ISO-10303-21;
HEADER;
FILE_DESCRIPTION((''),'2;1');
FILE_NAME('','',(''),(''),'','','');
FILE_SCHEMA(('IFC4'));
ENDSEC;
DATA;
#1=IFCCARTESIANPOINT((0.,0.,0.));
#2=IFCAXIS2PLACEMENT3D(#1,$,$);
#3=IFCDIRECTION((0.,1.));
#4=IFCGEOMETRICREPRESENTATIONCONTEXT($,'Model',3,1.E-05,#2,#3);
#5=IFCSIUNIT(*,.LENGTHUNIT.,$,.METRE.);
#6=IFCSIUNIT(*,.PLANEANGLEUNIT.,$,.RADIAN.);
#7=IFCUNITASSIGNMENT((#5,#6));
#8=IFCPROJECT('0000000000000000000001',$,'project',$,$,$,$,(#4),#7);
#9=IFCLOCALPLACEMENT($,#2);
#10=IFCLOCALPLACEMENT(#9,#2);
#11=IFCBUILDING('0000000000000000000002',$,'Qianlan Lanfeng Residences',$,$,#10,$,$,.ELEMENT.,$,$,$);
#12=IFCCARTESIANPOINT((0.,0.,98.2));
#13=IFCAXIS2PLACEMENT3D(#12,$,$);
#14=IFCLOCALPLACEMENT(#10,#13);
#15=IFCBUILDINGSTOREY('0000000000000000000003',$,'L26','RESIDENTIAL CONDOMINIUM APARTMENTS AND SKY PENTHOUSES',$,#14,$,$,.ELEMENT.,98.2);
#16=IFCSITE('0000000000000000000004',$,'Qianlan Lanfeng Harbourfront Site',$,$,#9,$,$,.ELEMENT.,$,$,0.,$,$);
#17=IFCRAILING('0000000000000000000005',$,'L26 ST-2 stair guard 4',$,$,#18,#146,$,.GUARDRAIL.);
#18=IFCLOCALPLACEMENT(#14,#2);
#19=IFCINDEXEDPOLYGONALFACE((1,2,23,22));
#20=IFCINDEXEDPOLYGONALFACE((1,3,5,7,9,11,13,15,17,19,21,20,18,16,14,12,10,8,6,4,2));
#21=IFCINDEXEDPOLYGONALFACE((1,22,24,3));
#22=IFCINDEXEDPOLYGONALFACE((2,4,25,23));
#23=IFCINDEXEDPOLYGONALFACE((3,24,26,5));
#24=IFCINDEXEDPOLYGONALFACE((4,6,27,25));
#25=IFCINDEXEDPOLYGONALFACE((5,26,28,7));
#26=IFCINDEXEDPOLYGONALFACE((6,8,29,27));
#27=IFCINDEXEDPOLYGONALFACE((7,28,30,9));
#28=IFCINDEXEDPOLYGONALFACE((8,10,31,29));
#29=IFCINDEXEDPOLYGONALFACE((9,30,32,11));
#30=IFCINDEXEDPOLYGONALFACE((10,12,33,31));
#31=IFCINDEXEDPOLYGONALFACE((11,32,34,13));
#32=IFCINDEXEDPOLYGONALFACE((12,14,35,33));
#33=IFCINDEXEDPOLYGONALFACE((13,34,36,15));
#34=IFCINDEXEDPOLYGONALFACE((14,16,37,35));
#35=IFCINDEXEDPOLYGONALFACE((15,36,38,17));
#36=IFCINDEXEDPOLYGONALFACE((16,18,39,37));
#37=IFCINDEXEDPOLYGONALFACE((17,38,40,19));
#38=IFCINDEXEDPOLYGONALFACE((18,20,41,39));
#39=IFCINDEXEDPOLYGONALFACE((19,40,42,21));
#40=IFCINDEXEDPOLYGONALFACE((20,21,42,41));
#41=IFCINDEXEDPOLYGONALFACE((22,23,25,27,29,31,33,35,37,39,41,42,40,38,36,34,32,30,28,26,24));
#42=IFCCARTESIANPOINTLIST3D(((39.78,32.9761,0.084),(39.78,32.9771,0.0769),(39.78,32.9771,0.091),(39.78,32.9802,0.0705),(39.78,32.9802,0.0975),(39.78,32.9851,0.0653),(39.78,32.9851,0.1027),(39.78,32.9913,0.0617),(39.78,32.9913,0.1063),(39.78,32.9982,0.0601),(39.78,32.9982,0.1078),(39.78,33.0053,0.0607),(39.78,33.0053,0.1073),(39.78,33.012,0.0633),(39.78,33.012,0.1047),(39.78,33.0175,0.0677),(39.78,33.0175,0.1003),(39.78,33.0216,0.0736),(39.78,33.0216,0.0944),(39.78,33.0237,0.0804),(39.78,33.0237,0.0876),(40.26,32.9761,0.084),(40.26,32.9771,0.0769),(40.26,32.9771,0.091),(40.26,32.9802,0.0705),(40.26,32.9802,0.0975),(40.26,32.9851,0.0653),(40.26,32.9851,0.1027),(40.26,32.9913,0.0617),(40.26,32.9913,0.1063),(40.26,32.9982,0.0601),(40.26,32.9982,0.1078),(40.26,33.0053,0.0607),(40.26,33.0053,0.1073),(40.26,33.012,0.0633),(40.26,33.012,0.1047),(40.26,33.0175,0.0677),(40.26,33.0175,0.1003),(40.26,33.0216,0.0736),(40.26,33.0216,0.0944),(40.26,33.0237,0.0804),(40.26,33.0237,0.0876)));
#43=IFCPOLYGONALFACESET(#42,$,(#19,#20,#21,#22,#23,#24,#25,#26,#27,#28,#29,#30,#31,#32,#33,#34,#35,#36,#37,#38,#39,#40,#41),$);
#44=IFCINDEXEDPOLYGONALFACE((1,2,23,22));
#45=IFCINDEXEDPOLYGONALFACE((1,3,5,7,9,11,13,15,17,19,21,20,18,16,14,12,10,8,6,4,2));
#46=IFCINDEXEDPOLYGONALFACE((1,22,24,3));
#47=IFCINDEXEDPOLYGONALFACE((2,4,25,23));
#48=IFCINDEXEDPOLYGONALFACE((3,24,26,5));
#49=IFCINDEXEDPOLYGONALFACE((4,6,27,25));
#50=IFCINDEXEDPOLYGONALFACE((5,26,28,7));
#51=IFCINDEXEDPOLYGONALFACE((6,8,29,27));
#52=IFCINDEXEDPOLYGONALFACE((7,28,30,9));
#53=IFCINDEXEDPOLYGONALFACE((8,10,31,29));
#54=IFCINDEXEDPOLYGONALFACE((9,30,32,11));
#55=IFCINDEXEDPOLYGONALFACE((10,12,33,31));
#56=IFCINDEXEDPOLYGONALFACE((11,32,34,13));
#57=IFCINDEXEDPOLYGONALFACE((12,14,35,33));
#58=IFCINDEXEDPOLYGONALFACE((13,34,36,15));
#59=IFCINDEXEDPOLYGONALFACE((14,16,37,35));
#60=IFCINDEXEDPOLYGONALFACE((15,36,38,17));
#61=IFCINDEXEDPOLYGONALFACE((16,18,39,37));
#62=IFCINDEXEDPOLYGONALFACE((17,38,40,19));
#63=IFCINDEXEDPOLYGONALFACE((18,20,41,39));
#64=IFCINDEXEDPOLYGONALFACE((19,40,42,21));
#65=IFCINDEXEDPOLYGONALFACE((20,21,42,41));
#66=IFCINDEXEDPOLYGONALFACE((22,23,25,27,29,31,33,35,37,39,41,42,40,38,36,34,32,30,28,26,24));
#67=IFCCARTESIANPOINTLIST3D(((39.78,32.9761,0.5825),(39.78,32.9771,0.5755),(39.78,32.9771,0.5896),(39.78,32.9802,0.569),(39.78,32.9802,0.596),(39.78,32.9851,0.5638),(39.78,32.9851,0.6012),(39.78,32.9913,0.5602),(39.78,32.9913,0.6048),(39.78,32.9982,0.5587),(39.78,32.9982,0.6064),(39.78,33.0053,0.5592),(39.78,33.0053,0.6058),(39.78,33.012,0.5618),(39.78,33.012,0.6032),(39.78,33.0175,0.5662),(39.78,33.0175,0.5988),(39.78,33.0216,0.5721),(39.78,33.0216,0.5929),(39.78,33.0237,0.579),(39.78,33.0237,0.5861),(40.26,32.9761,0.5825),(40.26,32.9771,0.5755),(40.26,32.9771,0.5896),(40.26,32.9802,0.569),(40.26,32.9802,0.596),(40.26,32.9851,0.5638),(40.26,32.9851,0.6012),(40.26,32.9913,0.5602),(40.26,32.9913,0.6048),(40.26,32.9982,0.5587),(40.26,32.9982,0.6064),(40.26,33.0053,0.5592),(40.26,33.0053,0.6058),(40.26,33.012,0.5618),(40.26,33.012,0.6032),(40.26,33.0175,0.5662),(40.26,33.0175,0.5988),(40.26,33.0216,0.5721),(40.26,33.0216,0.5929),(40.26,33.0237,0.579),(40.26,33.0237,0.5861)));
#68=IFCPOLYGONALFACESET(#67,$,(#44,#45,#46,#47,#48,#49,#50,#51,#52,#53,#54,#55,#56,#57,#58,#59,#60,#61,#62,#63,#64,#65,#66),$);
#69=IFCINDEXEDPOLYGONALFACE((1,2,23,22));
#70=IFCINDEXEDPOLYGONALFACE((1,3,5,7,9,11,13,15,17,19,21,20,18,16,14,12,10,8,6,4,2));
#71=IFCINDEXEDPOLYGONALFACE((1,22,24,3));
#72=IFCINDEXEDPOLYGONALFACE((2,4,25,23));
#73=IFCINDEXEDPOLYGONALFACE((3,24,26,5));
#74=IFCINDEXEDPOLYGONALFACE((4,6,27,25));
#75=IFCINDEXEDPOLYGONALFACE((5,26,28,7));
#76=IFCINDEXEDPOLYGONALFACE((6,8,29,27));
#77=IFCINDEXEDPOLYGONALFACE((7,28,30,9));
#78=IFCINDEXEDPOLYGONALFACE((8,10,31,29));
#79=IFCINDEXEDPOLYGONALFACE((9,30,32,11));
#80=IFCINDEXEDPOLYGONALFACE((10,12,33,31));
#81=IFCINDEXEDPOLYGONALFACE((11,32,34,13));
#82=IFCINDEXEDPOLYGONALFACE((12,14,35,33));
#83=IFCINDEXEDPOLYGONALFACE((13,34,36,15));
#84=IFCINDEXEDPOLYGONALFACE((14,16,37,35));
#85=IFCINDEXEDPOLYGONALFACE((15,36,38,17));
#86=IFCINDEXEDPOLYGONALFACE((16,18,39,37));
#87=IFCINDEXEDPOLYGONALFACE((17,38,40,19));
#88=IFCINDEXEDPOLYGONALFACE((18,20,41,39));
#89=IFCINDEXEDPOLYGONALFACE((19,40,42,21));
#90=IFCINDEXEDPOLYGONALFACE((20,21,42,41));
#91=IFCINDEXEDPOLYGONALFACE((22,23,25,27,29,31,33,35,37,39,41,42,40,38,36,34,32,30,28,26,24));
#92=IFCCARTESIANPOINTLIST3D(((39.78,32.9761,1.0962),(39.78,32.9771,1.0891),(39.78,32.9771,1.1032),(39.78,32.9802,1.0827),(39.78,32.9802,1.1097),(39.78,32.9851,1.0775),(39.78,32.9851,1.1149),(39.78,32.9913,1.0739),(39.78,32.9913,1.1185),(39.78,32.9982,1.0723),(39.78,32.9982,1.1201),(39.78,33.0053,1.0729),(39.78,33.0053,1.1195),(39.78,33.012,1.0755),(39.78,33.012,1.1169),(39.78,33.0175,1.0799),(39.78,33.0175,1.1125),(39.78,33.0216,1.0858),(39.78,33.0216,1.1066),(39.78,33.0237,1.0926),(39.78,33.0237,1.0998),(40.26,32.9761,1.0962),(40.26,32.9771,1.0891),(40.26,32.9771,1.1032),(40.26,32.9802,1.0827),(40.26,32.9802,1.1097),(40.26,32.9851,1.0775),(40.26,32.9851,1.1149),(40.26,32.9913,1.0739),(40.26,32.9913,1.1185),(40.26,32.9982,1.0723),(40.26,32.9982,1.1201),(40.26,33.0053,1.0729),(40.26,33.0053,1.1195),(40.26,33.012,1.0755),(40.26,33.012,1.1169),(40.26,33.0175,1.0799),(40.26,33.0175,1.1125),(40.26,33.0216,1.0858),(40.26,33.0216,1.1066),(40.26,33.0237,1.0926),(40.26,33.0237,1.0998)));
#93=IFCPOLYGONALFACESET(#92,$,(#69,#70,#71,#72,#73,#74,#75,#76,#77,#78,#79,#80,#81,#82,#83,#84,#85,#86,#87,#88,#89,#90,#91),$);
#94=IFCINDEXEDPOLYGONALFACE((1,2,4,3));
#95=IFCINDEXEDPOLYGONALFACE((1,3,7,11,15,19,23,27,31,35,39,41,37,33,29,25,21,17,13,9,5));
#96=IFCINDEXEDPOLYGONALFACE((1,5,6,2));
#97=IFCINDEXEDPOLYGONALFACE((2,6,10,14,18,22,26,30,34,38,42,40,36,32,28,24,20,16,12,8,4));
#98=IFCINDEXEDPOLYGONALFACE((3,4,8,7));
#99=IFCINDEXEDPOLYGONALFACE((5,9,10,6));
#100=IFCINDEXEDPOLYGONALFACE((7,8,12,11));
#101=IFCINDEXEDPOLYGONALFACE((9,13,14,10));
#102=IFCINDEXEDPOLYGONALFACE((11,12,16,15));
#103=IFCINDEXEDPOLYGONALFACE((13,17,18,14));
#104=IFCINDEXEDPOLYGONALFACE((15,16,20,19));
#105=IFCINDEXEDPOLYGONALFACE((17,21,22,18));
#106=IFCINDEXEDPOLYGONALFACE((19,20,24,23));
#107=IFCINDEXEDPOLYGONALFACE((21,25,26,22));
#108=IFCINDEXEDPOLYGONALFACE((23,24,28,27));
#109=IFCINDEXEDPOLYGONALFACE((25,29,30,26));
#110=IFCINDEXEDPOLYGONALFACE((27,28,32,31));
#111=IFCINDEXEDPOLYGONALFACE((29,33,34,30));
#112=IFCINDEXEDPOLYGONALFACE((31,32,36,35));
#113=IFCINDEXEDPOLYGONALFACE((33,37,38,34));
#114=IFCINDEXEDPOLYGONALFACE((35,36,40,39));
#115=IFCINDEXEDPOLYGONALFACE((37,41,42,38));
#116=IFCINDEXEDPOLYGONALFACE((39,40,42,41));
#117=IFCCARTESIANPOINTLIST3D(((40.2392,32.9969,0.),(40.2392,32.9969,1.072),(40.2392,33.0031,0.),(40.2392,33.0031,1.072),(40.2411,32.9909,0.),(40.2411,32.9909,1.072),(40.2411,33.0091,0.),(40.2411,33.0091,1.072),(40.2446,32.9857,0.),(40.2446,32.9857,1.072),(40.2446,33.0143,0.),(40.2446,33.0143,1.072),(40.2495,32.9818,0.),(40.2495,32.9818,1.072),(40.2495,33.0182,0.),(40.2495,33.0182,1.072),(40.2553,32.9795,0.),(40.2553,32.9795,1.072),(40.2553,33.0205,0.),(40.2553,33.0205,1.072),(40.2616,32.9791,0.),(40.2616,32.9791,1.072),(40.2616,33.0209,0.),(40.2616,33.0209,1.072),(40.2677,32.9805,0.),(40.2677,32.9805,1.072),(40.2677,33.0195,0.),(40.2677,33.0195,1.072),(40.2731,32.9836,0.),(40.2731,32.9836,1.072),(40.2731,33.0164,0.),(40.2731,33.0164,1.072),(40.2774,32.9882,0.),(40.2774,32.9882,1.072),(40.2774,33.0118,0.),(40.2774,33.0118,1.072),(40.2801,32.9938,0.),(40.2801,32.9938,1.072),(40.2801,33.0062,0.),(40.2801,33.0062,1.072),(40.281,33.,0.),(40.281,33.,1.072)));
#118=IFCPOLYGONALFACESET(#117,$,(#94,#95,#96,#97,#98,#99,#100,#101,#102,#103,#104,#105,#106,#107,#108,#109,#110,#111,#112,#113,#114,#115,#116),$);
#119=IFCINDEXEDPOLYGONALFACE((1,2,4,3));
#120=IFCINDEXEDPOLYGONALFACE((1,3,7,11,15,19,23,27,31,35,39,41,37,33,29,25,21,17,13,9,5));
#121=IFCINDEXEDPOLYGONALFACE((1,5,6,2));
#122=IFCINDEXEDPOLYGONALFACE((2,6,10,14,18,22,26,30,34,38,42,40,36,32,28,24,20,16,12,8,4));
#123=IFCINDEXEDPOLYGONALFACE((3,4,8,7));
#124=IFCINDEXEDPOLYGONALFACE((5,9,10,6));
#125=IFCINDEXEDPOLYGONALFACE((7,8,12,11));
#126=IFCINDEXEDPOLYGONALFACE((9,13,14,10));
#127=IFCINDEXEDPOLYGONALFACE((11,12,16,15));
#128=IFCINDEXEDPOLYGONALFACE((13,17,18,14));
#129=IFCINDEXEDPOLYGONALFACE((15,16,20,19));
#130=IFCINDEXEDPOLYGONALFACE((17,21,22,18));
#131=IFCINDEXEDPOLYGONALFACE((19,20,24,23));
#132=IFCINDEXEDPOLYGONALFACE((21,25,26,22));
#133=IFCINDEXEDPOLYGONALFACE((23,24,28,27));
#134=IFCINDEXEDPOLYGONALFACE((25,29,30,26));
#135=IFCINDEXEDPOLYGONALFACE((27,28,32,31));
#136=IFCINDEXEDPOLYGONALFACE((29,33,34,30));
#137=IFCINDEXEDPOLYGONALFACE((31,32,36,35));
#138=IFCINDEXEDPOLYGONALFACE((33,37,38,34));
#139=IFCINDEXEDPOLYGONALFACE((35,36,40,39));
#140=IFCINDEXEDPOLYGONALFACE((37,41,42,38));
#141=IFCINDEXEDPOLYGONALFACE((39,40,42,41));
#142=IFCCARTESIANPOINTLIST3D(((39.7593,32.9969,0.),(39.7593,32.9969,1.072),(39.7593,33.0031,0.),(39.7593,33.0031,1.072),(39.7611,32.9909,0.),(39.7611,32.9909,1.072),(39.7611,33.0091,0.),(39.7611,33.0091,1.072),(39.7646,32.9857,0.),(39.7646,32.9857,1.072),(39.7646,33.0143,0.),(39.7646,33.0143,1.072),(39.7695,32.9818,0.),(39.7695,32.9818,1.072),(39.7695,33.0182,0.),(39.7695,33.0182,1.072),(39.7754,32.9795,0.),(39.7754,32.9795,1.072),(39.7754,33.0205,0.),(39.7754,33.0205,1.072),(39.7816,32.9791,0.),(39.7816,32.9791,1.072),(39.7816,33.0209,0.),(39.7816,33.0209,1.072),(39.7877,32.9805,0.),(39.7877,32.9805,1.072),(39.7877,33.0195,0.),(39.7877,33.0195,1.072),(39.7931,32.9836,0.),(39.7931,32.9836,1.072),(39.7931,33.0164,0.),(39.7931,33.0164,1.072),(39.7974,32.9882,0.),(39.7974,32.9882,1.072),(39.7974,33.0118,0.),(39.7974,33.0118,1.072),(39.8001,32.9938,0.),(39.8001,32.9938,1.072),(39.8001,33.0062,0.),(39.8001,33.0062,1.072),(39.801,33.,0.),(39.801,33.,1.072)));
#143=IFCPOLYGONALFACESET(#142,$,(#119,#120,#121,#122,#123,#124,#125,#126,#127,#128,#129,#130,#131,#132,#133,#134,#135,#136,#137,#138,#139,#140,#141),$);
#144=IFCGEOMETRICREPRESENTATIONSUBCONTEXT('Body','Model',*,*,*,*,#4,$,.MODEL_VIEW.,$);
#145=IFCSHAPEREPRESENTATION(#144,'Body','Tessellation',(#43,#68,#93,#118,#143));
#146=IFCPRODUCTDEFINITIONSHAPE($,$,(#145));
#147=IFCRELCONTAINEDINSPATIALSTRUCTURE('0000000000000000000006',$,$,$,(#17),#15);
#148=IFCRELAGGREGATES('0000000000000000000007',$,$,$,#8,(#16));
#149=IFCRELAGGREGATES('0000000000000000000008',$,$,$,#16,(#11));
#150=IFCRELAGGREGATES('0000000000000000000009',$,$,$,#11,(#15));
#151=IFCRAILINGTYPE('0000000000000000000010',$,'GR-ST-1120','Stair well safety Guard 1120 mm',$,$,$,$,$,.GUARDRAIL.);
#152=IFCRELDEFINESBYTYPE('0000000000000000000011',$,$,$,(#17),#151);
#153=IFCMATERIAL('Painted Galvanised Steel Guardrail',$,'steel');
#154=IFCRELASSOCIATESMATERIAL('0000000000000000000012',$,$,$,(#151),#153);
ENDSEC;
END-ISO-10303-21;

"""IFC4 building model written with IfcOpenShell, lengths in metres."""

from ifc_helpers import new_model, si_unit, direction, frame, origin, origin_2d, place, context, subcontext, project, spatial, circle, extrude, material, type_object, element, save


model = new_model("IFC4")

# Units and contexts
model_context = context("Model", 3, precision=1e-05, world=origin(), true_north=direction((0.0, 1.0)))
body_context = subcontext(model_context, "Body", "Model", "MODEL_VIEW")
ifc_project = project(units=[si_unit("LENGTHUNIT", "METRE"), si_unit("PLANEANGLEUNIT", "RADIAN")], contexts=[model_context])

# Site, building, storey
site_placement = place(None, origin())
site = spatial("IfcSite", under=ifc_project, at=site_placement, Name="Qianlan Lanfeng Harbourfront Site", CompositionType="ELEMENT", RefElevation=0.0)
building_placement = place(site_placement, origin())
building = spatial("IfcBuilding", under=site, at=building_placement, Name="Qianlan Lanfeng Residences", CompositionType="ELEMENT")
storey_placement = place(building_placement, frame((0.0, 0.0, 98.2)))
storey = spatial("IfcBuildingStorey", under=building, at=storey_placement, Name="L26", Description="RESIDENTIAL CONDOMINIUM APARTMENTS AND SKY PENTHOUSES", CompositionType="ELEMENT", Elevation=98.2)

# Railing
ifc_material_1 = material(Name="Painted Galvanised Steel Guardrail", Category="steel")
railing_type_1 = type_object("IfcRailingType", Name="GR-ST-1120", Description="Stair well safety Guard 1120 mm", PredefinedType="GUARDRAIL", material=ifc_material_1)
railing_1_placement = place(storey_placement, frame((40.26, 33.0, 0.0)))
element("IfcRailing", 1, at=railing_1_placement, inside=storey, type_object=railing_type_1, Name="L26 ST-2 stair guard 4", PredefinedType="GUARDRAIL", context=body_context, shape_type="SweptSolid", body=[
    extrude(circle(Radius=0.0239, at=origin_2d()), frame((0.0, 0.0, 0.084), z_axis=(-1.0, 0.0, 0.0), x_axis=(0.0, -1.0, 0.0)), (0.0, 0.0, 1.0), 0.48),
    extrude(circle(Radius=0.0239, at=origin_2d()), frame((0.0, 0.0, 0.5825), z_axis=(-1.0, 0.0, 0.0), x_axis=(0.0, -1.0, 0.0)), (0.0, 0.0, 1.0), 0.48),
    extrude(circle(Radius=0.0239, at=origin_2d()), frame((0.0, 0.0, 1.0962), z_axis=(-1.0, 0.0, 0.0), x_axis=(0.0, -1.0, 0.0)), (0.0, 0.0, 1.0), 0.48),
    extrude(circle(Radius=0.021, at=origin_2d()), origin(), (0.0, 0.0, 1.0), 1.072),
    extrude(circle(Radius=0.021, at=origin_2d()), frame((-0.48, 0.0, 0.0)), (0.0, 0.0, 1.0), 1.072),
])

save(model, "model.ifc")
